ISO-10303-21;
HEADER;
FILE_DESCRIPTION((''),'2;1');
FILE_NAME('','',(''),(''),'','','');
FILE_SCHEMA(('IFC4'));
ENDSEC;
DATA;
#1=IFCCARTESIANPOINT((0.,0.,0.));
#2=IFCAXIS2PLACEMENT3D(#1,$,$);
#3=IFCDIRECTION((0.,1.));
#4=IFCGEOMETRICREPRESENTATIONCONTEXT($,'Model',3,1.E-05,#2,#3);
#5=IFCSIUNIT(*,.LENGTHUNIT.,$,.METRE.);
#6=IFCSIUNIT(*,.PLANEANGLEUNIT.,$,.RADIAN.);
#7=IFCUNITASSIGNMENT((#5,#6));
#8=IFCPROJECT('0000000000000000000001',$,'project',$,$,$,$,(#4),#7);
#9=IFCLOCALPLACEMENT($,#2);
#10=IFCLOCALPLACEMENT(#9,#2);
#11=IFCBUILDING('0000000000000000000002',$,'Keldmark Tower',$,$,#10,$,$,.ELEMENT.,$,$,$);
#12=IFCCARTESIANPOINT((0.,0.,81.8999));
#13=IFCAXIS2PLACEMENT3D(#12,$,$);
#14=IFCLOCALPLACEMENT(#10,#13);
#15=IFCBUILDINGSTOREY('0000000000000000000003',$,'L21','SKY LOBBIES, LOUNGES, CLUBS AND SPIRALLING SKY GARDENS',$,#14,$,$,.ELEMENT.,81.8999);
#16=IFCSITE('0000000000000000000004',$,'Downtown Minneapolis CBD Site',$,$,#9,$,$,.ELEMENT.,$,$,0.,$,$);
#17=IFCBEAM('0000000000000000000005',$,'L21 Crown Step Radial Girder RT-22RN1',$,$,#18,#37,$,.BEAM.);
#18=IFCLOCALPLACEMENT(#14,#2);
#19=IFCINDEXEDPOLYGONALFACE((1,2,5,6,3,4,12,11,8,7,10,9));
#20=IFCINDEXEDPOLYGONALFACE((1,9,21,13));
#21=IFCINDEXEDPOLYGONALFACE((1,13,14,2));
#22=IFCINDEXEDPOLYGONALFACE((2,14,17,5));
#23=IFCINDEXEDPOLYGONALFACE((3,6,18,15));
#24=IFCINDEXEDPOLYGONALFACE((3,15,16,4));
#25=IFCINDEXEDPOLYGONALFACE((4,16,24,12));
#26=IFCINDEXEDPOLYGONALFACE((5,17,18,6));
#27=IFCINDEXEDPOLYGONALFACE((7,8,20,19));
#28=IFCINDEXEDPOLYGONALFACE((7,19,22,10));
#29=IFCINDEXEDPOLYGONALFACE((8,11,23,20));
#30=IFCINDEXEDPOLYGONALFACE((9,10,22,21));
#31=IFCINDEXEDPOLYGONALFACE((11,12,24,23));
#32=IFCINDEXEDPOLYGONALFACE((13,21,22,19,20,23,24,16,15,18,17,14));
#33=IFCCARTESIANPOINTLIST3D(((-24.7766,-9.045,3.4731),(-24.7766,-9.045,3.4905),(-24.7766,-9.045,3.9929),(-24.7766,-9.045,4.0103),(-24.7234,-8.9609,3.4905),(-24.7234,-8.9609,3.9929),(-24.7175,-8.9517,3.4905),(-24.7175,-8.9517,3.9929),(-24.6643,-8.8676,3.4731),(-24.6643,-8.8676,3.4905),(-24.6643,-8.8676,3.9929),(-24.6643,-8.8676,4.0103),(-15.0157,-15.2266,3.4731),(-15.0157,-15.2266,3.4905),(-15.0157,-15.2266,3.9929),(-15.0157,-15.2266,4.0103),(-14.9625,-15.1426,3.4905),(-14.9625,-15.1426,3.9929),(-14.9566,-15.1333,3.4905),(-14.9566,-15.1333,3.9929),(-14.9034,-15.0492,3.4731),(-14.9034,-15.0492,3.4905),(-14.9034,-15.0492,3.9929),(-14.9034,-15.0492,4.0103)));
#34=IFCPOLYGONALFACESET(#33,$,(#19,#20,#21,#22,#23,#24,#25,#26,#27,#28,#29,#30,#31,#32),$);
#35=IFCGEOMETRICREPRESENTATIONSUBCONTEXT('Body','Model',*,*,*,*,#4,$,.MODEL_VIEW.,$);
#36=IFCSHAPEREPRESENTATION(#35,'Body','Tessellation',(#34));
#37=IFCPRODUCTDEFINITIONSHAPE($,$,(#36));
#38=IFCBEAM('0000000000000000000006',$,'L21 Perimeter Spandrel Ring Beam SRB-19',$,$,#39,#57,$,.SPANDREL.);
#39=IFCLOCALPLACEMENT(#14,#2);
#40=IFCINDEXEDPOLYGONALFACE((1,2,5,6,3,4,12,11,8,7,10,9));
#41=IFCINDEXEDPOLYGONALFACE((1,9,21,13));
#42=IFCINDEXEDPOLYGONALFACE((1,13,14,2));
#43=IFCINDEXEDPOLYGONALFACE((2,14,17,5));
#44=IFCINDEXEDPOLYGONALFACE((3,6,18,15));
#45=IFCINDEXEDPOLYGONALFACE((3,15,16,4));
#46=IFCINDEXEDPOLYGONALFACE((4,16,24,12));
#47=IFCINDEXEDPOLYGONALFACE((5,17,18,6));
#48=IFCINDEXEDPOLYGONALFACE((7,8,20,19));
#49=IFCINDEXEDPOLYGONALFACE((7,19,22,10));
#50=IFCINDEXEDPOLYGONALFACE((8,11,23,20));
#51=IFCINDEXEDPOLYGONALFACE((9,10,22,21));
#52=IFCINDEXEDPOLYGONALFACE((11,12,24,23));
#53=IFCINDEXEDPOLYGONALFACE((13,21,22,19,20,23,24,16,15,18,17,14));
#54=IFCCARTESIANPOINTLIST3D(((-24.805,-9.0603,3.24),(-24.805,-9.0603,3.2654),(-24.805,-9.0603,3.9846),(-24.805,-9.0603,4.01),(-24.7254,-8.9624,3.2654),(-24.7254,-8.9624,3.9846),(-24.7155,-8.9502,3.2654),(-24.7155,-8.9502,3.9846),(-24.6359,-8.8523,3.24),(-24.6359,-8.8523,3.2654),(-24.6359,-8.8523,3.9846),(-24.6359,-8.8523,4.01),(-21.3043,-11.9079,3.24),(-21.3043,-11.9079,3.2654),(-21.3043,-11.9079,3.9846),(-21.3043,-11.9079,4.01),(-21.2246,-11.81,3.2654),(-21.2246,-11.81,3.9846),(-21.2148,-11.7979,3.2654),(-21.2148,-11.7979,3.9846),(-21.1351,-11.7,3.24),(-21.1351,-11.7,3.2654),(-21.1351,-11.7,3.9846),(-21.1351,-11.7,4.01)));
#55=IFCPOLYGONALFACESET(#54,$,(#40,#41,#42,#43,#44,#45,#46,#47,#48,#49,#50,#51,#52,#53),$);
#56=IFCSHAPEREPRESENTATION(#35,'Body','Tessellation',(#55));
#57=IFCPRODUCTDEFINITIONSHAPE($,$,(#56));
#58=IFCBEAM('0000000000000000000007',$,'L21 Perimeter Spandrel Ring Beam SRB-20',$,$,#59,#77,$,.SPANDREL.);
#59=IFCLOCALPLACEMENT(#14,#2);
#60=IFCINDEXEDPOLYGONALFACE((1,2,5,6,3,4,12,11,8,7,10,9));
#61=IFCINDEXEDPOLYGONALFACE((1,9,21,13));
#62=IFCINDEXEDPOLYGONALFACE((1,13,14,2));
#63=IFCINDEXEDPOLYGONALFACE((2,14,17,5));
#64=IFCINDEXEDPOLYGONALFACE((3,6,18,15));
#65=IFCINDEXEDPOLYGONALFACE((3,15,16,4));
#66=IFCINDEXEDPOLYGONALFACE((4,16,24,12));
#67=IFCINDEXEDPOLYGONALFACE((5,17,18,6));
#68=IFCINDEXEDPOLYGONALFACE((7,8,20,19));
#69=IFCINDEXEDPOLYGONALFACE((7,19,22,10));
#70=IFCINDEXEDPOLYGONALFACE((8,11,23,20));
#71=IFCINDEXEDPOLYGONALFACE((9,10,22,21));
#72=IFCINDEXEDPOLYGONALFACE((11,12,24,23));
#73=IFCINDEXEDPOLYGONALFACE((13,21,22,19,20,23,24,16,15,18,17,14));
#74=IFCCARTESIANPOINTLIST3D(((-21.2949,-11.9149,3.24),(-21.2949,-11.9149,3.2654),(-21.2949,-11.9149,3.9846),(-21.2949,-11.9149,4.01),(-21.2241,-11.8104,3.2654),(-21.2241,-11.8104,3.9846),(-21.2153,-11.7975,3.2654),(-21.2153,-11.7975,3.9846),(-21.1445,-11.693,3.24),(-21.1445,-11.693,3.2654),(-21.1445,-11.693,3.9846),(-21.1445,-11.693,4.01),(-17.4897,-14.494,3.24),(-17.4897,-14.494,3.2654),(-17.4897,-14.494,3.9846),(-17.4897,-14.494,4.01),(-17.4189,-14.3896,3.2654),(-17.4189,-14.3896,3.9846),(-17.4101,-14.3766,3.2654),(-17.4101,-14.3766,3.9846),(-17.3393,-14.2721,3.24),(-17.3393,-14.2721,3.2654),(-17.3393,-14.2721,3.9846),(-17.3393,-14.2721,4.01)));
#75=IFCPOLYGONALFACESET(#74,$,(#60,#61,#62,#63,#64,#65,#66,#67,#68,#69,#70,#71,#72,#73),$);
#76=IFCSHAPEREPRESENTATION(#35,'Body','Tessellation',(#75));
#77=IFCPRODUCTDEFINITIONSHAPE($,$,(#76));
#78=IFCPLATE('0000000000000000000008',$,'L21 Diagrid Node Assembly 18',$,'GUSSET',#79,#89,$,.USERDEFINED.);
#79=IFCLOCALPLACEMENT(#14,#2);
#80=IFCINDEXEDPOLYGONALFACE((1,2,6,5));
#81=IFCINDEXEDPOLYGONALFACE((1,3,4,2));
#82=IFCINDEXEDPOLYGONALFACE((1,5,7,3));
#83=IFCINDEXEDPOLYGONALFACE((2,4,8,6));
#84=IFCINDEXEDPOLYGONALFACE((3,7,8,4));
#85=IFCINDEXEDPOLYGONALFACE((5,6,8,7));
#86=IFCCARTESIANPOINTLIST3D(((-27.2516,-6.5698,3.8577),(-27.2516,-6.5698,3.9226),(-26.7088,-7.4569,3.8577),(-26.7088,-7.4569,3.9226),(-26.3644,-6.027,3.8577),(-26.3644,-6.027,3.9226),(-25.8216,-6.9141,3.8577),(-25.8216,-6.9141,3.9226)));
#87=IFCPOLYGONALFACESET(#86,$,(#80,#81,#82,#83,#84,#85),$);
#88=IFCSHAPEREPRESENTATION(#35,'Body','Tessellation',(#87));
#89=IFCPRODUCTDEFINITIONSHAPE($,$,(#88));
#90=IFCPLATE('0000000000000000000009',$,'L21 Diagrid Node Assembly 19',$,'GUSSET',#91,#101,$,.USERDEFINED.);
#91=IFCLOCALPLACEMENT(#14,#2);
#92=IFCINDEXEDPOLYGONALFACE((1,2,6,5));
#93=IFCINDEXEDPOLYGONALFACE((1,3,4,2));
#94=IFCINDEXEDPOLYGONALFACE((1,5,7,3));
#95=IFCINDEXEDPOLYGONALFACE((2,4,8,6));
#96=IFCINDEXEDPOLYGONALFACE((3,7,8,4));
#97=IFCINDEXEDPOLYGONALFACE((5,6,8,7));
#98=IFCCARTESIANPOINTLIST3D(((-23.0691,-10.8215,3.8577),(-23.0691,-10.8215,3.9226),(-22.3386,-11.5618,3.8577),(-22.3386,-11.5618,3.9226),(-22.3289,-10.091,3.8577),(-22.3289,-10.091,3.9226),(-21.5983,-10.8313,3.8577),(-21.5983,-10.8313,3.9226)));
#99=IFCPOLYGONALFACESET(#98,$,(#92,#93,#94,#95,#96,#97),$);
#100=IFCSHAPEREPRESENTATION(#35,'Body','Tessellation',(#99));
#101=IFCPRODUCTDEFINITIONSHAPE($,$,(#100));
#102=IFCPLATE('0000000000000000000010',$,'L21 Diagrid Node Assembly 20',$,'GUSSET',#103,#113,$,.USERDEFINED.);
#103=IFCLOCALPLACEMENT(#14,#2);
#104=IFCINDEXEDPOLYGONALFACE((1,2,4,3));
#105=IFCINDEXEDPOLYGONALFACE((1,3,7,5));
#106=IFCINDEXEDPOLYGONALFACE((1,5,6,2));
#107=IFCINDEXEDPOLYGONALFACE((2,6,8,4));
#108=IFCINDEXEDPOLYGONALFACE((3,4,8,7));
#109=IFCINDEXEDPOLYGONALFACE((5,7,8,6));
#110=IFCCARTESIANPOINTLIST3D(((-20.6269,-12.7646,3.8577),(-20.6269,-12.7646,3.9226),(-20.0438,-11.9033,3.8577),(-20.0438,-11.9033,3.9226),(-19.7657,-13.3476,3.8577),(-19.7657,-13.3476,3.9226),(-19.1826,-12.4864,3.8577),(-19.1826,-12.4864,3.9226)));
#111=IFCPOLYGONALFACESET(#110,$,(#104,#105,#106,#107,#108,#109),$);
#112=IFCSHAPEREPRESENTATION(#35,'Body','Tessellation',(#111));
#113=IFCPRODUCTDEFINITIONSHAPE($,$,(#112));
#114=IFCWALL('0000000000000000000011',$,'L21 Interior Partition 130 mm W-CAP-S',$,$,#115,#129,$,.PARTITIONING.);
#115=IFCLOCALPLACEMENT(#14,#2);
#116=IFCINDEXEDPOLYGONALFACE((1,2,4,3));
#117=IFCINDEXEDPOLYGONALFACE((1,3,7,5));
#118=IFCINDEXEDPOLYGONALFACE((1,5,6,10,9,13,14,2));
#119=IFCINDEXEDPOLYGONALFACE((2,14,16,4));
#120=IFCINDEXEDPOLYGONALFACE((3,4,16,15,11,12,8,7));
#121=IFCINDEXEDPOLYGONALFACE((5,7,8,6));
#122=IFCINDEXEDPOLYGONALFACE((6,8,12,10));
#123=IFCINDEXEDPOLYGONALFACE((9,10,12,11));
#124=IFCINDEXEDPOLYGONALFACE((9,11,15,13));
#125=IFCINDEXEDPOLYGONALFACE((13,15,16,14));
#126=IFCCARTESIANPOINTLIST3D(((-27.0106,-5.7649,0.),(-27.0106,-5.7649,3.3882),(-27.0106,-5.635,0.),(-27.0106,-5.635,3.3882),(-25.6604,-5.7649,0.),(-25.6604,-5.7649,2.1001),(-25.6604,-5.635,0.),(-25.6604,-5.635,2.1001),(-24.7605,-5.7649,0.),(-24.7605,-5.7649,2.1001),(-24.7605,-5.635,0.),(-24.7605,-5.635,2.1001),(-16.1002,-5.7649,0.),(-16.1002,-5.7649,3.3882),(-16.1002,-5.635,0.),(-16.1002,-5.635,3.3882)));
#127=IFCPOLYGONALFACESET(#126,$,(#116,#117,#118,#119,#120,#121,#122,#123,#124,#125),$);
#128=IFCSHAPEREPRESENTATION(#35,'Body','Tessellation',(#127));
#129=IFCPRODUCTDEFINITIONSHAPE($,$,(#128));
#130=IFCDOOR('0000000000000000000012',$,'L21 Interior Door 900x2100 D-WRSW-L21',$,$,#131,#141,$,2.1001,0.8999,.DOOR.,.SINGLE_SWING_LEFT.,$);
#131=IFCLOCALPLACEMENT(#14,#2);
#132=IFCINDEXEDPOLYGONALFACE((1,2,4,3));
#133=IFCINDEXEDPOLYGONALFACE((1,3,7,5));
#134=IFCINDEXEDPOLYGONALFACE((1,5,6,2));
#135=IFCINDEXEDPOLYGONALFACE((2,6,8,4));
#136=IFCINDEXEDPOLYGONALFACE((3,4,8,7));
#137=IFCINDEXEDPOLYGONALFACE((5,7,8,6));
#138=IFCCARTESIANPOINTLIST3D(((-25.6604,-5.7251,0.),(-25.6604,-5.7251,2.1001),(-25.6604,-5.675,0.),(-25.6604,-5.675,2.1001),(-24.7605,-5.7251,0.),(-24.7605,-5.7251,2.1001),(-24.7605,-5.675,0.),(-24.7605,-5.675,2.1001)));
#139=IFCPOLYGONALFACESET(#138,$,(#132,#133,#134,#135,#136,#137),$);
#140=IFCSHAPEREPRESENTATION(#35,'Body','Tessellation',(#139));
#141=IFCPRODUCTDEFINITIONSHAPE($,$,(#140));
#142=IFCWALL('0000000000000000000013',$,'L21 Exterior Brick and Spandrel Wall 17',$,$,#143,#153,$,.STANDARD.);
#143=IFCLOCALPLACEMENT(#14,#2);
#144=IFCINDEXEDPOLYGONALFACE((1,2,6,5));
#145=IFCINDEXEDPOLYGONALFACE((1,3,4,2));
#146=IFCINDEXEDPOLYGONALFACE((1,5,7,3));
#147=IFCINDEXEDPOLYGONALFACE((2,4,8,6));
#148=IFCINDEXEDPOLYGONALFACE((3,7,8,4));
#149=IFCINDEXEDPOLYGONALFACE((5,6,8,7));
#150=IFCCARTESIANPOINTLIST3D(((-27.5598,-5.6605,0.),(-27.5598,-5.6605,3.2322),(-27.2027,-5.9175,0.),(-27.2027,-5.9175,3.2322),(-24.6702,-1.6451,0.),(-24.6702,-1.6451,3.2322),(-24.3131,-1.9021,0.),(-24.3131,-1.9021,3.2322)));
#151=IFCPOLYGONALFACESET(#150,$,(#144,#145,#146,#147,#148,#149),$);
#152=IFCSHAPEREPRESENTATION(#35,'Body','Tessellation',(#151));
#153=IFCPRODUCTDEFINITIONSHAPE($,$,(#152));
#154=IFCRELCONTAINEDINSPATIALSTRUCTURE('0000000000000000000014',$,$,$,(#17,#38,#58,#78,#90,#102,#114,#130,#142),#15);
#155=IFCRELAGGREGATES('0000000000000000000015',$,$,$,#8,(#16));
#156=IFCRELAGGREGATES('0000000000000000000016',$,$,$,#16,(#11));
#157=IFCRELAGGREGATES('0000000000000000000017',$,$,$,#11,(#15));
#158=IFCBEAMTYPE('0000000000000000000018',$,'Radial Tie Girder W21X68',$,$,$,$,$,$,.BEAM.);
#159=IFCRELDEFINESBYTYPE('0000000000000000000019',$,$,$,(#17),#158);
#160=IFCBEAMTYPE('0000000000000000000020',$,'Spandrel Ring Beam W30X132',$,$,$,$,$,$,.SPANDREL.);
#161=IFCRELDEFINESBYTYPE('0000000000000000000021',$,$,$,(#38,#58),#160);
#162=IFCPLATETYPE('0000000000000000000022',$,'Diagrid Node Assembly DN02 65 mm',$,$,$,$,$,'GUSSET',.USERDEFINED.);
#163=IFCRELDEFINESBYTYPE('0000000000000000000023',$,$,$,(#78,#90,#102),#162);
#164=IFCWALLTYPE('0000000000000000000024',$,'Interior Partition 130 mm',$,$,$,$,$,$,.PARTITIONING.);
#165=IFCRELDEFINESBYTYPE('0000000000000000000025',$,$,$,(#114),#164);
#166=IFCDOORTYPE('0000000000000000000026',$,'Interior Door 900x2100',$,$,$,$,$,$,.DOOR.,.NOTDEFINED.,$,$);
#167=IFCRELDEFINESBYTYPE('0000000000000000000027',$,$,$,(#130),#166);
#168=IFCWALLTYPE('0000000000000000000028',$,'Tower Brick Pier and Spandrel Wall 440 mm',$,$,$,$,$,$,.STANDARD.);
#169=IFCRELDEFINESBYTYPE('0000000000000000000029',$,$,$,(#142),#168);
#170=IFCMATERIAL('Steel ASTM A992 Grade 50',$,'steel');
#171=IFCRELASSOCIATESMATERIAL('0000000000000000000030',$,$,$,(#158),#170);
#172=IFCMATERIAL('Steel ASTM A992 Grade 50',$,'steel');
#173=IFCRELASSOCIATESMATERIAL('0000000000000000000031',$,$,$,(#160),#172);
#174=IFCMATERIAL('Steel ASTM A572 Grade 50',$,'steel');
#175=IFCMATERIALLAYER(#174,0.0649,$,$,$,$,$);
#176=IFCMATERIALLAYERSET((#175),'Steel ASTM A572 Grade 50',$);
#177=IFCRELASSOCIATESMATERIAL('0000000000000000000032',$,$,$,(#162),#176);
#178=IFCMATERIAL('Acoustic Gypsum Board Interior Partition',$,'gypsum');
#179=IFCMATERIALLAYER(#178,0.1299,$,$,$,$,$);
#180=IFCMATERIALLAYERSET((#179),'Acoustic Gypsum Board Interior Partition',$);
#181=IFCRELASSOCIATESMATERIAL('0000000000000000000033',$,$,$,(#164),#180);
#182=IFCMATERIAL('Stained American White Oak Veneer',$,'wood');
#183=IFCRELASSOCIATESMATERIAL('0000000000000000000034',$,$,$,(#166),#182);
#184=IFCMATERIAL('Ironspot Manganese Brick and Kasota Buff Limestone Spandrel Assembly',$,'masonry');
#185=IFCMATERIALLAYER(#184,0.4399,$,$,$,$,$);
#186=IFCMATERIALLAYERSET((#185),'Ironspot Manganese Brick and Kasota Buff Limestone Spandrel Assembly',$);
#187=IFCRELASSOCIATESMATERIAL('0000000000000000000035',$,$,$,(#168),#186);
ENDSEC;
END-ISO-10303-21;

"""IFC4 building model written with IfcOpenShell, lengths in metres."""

from ifc_helpers import new_model, si_unit, direction, frame, frame_2d, origin, origin_2d, place, context, subcontext, project, spatial, rectangle, i_section, extrude, material, layer, layer_set, material_profile, profile_set, type_object, element, fill, save


model = new_model("IFC4")

# Units and contexts
model_context = context("Model", 3, precision=1e-05, world=origin(), true_north=direction((0.0, 1.0)))
body_context = subcontext(model_context, "Body", "Model", "MODEL_VIEW")
ifc_project = project(units=[si_unit("LENGTHUNIT", "METRE"), si_unit("PLANEANGLEUNIT", "RADIAN")], contexts=[model_context])

# Site, building, storey
site_placement = place(None, origin())
site = spatial("IfcSite", under=ifc_project, at=site_placement, Name="Downtown Minneapolis CBD Site", CompositionType="ELEMENT", RefElevation=0.0)
building_placement = place(site_placement, origin())
building = spatial("IfcBuilding", under=site, at=building_placement, Name="Keldmark Tower", CompositionType="ELEMENT")
storey_placement = place(building_placement, frame((0.0, 0.0, 81.8999)))
storey = spatial("IfcBuildingStorey", under=building, at=storey_placement, Name="L21", Description="SKY LOBBIES, LOUNGES, CLUBS AND SPIRALLING SKY GARDENS", CompositionType="ELEMENT", Elevation=81.8999)

# Beams
ifc_material_1 = material(Name="Steel ASTM A992 Grade 50", Category="steel")
ifc_material_profile_1 = material_profile(ifc_material_1, i_section(OverallWidth=0.21, OverallDepth=0.5371, WebThickness=0.011, FlangeThickness=0.0173, at=origin_2d()), Name="W21X68")
ifc_profile_set_1 = profile_set([ifc_material_profile_1], Name="Steel ASTM A992 Grade 50")
beam_type_1 = type_object("IfcBeamType", Name="Radial Tie Girder W21X68", PredefinedType="BEAM", material=ifc_profile_set_1)
beam_1_placement = place(storey_placement, frame((-24.7205, -8.9563, 3.7417), z_axis=(0.844831, -0.535032, 0.0), x_axis=(0.535032, 0.844831, 0.0)))
element("IfcBeam", 1, at=beam_1_placement, inside=storey, type_object=beam_type_1, Name="L21 Crown Step Radial Girder RT-22RN1", PredefinedType="BEAM", context=body_context, shape_type="SweptSolid", body=[
    extrude(i_section(OverallWidth=0.21, OverallDepth=0.5371, WebThickness=0.011, FlangeThickness=0.0173, at=origin_2d()), origin(), (0.0, 0.0, 1.0), 11.5537),
])
ifc_material_2 = material(Name="Steel ASTM A992 Grade 50", Category="steel")
ifc_material_profile_2 = material_profile(ifc_material_2, i_section(OverallWidth=0.2681, OverallDepth=0.77, WebThickness=0.0156, FlangeThickness=0.0254, at=origin_2d()), Name="W30X132")
ifc_profile_set_2 = profile_set([ifc_material_profile_2], Name="Steel ASTM A992 Grade 50")
beam_type_2 = type_object("IfcBeamType", Name="Spandrel Ring Beam W30X132", PredefinedType="SPANDREL", material=ifc_profile_set_2)
beam_2_placement = place(storey_placement, frame((-24.7205, -8.9563, 3.625), z_axis=(0.775755, -0.631034, 0.0), x_axis=(0.631034, 0.775755, 0.0)))
element("IfcBeam", 2, at=beam_2_placement, inside=storey, type_object=beam_type_2, Name="L21 Perimeter Spandrel Ring Beam SRB-19", PredefinedType="SPANDREL", context=body_context, shape_type="SweptSolid", body=[
    extrude(i_section(OverallWidth=0.2681, OverallDepth=0.77, WebThickness=0.0156, FlangeThickness=0.0254, at=origin_2d()), origin(), (0.0, 0.0, 1.0), 4.5127),
])
beam_3_placement = place(storey_placement, frame((-21.2197, -11.804, 3.625), z_axis=(0.827777, -0.561057, 0.0), x_axis=(0.561057, 0.827777, 0.0)))
element("IfcBeam", 3, at=beam_3_placement, inside=storey, type_object=beam_type_2, Name="L21 Perimeter Spandrel Ring Beam SRB-20", PredefinedType="SPANDREL", context=body_context, shape_type="SweptSolid", body=[
    extrude(i_section(OverallWidth=0.2681, OverallDepth=0.77, WebThickness=0.0156, FlangeThickness=0.0254, at=origin_2d()), origin(), (0.0, 0.0, 1.0), 4.5969),
])

# Plates
ifc_material_3 = material(Name="Steel ASTM A572 Grade 50", Category="steel")
ifc_layer_1 = layer(ifc_material_3, 0.0649)
ifc_layer_set_1 = layer_set([ifc_layer_1], Name="Steel ASTM A572 Grade 50")
plate_type = type_object("IfcPlateType", Name="Diagrid Node Assembly DN02 65 mm", ElementType="GUSSET", PredefinedType="USERDEFINED", material=ifc_layer_set_1)
for number, where, z_axis, x_axis, name in (
    (4, (-26.5366, -6.7419, 3.8577), (0.0, 0.0, 1.0), (0.521903, -0.853005, 0.0), "L21 Diagrid Node Assembly 18"),
    (5, (-22.3337, -10.8264, 3.8577), (0.0, 0.0, 1.0), (0.702402, -0.711781, 0.0), "L21 Diagrid Node Assembly 19"),
    (6, (-19.9048, -12.6255, 3.8577), (0.0, 0.0, 1.0), (0.82806, -0.560639, 0.0), "L21 Diagrid Node Assembly 20"),
):
    element("IfcPlate", number, at=place(storey_placement, frame(where, z_axis=z_axis, x_axis=x_axis)), inside=storey, type_object=plate_type, Name=name, ObjectType="GUSSET", PredefinedType="USERDEFINED", context=body_context, shape_type="SweptSolid", body=[
        extrude(rectangle(XDim=1.04, YDim=1.04, at=origin_2d()), origin(), (0.0, 0.0, 1.0), 0.0649),
    ])

# Wall, opening, door
ifc_material_4 = material(Name="Acoustic Gypsum Board Interior Partition", Category="gypsum")
ifc_layer_2 = layer(ifc_material_4, 0.1299)
ifc_layer_set_2 = layer_set([ifc_layer_2], Name="Acoustic Gypsum Board Interior Partition")
wall_type_1 = type_object("IfcWallType", Name="Interior Partition 130 mm", PredefinedType="PARTITIONING", material=ifc_layer_set_2)
wall_1_placement = place(storey_placement, frame((-27.0105, -5.7, 0.0), z_axis=(0.0, 0.0, 1.0), x_axis=(1.0, 0.0, 0.0)))
wall_1 = element("IfcWall", 7, at=wall_1_placement, inside=storey, type_object=wall_type_1, Name="L21 Interior Partition 130 mm W-CAP-S", PredefinedType="PARTITIONING", context=body_context, shape_type="SweptSolid", body=[
    extrude(rectangle(XDim=10.9104, YDim=0.1299, at=frame_2d((5.4551, 0.0))), origin(), (0.0, 0.0, 1.0), 3.3882),
])
opening_1_placement = place(wall_1_placement, frame((1.3501, 0.0, 0.0)))
opening_1 = element("IfcOpeningElement", 8, at=opening_1_placement, cuts=wall_1, PredefinedType="OPENING", context=body_context, shape_type="SweptSolid", body=[
    extrude(rectangle(XDim=0.8999, YDim=2.1001, at=frame_2d((0.45, 1.05))), frame((0.0, 0.075, 0.0), z_axis=(0.0, -1.0, 0.0), x_axis=(1.0, 0.0, 0.0)), (0.0, 0.0, 1.0), 0.1499),
])
ifc_material_5 = material(Name="Stained American White Oak Veneer", Category="wood")
door_type = type_object("IfcDoorType", Name="Interior Door 900x2100", OperationType="NOTDEFINED", PredefinedType="DOOR", material=ifc_material_5)
door_placement = place(opening_1_placement, origin())
door = element("IfcDoor", 9, at=door_placement, inside=storey, type_object=door_type, Name="L21 Interior Door 900x2100 D-WRSW-L21", OperationType="SINGLE_SWING_LEFT", OverallHeight=2.1001, OverallWidth=0.8999, PredefinedType="DOOR", context=body_context, shape_type="SweptSolid", body=[
    extrude(rectangle(XDim=0.8999, YDim=2.1001, at=frame_2d((0.45, 1.05))), frame((0.0, 0.0249, 0.0), z_axis=(0.0, -1.0, 0.0), x_axis=(1.0, 0.0, 0.0)), (0.0, 0.0, 1.0), 0.05),
])
fill(opening_1, door)

# Wall
ifc_material_6 = material(Name="Ironspot Manganese Brick and Kasota Buff Limestone Spandrel Assembly", Category="masonry")
ifc_layer_3 = layer(ifc_material_6, 0.4399)
ifc_layer_set_3 = layer_set([ifc_layer_3], Name="Ironspot Manganese Brick and Kasota Buff Limestone Spandrel Assembly")
wall_type_2 = type_object("IfcWallType", Name="Tower Brick Pier and Spandrel Wall 440 mm", PredefinedType="STANDARD", material=ifc_layer_set_3)
wall_2_placement = place(storey_placement, frame((-27.3813, -5.7891, 0.0), z_axis=(0.0, 0.0, 1.0), x_axis=(0.584115, 0.811671, 0.0)))
element("IfcWall", 10, at=wall_2_placement, inside=storey, type_object=wall_type_2, Name="L21 Exterior Brick and Spandrel Wall 17", PredefinedType="STANDARD", context=body_context, shape_type="SweptSolid", body=[
    extrude(rectangle(XDim=4.947, YDim=0.4399, at=frame_2d((2.4736, 0.0))), origin(), (0.0, 0.0, 1.0), 3.2322),
])

save(model, "model.ifc")
